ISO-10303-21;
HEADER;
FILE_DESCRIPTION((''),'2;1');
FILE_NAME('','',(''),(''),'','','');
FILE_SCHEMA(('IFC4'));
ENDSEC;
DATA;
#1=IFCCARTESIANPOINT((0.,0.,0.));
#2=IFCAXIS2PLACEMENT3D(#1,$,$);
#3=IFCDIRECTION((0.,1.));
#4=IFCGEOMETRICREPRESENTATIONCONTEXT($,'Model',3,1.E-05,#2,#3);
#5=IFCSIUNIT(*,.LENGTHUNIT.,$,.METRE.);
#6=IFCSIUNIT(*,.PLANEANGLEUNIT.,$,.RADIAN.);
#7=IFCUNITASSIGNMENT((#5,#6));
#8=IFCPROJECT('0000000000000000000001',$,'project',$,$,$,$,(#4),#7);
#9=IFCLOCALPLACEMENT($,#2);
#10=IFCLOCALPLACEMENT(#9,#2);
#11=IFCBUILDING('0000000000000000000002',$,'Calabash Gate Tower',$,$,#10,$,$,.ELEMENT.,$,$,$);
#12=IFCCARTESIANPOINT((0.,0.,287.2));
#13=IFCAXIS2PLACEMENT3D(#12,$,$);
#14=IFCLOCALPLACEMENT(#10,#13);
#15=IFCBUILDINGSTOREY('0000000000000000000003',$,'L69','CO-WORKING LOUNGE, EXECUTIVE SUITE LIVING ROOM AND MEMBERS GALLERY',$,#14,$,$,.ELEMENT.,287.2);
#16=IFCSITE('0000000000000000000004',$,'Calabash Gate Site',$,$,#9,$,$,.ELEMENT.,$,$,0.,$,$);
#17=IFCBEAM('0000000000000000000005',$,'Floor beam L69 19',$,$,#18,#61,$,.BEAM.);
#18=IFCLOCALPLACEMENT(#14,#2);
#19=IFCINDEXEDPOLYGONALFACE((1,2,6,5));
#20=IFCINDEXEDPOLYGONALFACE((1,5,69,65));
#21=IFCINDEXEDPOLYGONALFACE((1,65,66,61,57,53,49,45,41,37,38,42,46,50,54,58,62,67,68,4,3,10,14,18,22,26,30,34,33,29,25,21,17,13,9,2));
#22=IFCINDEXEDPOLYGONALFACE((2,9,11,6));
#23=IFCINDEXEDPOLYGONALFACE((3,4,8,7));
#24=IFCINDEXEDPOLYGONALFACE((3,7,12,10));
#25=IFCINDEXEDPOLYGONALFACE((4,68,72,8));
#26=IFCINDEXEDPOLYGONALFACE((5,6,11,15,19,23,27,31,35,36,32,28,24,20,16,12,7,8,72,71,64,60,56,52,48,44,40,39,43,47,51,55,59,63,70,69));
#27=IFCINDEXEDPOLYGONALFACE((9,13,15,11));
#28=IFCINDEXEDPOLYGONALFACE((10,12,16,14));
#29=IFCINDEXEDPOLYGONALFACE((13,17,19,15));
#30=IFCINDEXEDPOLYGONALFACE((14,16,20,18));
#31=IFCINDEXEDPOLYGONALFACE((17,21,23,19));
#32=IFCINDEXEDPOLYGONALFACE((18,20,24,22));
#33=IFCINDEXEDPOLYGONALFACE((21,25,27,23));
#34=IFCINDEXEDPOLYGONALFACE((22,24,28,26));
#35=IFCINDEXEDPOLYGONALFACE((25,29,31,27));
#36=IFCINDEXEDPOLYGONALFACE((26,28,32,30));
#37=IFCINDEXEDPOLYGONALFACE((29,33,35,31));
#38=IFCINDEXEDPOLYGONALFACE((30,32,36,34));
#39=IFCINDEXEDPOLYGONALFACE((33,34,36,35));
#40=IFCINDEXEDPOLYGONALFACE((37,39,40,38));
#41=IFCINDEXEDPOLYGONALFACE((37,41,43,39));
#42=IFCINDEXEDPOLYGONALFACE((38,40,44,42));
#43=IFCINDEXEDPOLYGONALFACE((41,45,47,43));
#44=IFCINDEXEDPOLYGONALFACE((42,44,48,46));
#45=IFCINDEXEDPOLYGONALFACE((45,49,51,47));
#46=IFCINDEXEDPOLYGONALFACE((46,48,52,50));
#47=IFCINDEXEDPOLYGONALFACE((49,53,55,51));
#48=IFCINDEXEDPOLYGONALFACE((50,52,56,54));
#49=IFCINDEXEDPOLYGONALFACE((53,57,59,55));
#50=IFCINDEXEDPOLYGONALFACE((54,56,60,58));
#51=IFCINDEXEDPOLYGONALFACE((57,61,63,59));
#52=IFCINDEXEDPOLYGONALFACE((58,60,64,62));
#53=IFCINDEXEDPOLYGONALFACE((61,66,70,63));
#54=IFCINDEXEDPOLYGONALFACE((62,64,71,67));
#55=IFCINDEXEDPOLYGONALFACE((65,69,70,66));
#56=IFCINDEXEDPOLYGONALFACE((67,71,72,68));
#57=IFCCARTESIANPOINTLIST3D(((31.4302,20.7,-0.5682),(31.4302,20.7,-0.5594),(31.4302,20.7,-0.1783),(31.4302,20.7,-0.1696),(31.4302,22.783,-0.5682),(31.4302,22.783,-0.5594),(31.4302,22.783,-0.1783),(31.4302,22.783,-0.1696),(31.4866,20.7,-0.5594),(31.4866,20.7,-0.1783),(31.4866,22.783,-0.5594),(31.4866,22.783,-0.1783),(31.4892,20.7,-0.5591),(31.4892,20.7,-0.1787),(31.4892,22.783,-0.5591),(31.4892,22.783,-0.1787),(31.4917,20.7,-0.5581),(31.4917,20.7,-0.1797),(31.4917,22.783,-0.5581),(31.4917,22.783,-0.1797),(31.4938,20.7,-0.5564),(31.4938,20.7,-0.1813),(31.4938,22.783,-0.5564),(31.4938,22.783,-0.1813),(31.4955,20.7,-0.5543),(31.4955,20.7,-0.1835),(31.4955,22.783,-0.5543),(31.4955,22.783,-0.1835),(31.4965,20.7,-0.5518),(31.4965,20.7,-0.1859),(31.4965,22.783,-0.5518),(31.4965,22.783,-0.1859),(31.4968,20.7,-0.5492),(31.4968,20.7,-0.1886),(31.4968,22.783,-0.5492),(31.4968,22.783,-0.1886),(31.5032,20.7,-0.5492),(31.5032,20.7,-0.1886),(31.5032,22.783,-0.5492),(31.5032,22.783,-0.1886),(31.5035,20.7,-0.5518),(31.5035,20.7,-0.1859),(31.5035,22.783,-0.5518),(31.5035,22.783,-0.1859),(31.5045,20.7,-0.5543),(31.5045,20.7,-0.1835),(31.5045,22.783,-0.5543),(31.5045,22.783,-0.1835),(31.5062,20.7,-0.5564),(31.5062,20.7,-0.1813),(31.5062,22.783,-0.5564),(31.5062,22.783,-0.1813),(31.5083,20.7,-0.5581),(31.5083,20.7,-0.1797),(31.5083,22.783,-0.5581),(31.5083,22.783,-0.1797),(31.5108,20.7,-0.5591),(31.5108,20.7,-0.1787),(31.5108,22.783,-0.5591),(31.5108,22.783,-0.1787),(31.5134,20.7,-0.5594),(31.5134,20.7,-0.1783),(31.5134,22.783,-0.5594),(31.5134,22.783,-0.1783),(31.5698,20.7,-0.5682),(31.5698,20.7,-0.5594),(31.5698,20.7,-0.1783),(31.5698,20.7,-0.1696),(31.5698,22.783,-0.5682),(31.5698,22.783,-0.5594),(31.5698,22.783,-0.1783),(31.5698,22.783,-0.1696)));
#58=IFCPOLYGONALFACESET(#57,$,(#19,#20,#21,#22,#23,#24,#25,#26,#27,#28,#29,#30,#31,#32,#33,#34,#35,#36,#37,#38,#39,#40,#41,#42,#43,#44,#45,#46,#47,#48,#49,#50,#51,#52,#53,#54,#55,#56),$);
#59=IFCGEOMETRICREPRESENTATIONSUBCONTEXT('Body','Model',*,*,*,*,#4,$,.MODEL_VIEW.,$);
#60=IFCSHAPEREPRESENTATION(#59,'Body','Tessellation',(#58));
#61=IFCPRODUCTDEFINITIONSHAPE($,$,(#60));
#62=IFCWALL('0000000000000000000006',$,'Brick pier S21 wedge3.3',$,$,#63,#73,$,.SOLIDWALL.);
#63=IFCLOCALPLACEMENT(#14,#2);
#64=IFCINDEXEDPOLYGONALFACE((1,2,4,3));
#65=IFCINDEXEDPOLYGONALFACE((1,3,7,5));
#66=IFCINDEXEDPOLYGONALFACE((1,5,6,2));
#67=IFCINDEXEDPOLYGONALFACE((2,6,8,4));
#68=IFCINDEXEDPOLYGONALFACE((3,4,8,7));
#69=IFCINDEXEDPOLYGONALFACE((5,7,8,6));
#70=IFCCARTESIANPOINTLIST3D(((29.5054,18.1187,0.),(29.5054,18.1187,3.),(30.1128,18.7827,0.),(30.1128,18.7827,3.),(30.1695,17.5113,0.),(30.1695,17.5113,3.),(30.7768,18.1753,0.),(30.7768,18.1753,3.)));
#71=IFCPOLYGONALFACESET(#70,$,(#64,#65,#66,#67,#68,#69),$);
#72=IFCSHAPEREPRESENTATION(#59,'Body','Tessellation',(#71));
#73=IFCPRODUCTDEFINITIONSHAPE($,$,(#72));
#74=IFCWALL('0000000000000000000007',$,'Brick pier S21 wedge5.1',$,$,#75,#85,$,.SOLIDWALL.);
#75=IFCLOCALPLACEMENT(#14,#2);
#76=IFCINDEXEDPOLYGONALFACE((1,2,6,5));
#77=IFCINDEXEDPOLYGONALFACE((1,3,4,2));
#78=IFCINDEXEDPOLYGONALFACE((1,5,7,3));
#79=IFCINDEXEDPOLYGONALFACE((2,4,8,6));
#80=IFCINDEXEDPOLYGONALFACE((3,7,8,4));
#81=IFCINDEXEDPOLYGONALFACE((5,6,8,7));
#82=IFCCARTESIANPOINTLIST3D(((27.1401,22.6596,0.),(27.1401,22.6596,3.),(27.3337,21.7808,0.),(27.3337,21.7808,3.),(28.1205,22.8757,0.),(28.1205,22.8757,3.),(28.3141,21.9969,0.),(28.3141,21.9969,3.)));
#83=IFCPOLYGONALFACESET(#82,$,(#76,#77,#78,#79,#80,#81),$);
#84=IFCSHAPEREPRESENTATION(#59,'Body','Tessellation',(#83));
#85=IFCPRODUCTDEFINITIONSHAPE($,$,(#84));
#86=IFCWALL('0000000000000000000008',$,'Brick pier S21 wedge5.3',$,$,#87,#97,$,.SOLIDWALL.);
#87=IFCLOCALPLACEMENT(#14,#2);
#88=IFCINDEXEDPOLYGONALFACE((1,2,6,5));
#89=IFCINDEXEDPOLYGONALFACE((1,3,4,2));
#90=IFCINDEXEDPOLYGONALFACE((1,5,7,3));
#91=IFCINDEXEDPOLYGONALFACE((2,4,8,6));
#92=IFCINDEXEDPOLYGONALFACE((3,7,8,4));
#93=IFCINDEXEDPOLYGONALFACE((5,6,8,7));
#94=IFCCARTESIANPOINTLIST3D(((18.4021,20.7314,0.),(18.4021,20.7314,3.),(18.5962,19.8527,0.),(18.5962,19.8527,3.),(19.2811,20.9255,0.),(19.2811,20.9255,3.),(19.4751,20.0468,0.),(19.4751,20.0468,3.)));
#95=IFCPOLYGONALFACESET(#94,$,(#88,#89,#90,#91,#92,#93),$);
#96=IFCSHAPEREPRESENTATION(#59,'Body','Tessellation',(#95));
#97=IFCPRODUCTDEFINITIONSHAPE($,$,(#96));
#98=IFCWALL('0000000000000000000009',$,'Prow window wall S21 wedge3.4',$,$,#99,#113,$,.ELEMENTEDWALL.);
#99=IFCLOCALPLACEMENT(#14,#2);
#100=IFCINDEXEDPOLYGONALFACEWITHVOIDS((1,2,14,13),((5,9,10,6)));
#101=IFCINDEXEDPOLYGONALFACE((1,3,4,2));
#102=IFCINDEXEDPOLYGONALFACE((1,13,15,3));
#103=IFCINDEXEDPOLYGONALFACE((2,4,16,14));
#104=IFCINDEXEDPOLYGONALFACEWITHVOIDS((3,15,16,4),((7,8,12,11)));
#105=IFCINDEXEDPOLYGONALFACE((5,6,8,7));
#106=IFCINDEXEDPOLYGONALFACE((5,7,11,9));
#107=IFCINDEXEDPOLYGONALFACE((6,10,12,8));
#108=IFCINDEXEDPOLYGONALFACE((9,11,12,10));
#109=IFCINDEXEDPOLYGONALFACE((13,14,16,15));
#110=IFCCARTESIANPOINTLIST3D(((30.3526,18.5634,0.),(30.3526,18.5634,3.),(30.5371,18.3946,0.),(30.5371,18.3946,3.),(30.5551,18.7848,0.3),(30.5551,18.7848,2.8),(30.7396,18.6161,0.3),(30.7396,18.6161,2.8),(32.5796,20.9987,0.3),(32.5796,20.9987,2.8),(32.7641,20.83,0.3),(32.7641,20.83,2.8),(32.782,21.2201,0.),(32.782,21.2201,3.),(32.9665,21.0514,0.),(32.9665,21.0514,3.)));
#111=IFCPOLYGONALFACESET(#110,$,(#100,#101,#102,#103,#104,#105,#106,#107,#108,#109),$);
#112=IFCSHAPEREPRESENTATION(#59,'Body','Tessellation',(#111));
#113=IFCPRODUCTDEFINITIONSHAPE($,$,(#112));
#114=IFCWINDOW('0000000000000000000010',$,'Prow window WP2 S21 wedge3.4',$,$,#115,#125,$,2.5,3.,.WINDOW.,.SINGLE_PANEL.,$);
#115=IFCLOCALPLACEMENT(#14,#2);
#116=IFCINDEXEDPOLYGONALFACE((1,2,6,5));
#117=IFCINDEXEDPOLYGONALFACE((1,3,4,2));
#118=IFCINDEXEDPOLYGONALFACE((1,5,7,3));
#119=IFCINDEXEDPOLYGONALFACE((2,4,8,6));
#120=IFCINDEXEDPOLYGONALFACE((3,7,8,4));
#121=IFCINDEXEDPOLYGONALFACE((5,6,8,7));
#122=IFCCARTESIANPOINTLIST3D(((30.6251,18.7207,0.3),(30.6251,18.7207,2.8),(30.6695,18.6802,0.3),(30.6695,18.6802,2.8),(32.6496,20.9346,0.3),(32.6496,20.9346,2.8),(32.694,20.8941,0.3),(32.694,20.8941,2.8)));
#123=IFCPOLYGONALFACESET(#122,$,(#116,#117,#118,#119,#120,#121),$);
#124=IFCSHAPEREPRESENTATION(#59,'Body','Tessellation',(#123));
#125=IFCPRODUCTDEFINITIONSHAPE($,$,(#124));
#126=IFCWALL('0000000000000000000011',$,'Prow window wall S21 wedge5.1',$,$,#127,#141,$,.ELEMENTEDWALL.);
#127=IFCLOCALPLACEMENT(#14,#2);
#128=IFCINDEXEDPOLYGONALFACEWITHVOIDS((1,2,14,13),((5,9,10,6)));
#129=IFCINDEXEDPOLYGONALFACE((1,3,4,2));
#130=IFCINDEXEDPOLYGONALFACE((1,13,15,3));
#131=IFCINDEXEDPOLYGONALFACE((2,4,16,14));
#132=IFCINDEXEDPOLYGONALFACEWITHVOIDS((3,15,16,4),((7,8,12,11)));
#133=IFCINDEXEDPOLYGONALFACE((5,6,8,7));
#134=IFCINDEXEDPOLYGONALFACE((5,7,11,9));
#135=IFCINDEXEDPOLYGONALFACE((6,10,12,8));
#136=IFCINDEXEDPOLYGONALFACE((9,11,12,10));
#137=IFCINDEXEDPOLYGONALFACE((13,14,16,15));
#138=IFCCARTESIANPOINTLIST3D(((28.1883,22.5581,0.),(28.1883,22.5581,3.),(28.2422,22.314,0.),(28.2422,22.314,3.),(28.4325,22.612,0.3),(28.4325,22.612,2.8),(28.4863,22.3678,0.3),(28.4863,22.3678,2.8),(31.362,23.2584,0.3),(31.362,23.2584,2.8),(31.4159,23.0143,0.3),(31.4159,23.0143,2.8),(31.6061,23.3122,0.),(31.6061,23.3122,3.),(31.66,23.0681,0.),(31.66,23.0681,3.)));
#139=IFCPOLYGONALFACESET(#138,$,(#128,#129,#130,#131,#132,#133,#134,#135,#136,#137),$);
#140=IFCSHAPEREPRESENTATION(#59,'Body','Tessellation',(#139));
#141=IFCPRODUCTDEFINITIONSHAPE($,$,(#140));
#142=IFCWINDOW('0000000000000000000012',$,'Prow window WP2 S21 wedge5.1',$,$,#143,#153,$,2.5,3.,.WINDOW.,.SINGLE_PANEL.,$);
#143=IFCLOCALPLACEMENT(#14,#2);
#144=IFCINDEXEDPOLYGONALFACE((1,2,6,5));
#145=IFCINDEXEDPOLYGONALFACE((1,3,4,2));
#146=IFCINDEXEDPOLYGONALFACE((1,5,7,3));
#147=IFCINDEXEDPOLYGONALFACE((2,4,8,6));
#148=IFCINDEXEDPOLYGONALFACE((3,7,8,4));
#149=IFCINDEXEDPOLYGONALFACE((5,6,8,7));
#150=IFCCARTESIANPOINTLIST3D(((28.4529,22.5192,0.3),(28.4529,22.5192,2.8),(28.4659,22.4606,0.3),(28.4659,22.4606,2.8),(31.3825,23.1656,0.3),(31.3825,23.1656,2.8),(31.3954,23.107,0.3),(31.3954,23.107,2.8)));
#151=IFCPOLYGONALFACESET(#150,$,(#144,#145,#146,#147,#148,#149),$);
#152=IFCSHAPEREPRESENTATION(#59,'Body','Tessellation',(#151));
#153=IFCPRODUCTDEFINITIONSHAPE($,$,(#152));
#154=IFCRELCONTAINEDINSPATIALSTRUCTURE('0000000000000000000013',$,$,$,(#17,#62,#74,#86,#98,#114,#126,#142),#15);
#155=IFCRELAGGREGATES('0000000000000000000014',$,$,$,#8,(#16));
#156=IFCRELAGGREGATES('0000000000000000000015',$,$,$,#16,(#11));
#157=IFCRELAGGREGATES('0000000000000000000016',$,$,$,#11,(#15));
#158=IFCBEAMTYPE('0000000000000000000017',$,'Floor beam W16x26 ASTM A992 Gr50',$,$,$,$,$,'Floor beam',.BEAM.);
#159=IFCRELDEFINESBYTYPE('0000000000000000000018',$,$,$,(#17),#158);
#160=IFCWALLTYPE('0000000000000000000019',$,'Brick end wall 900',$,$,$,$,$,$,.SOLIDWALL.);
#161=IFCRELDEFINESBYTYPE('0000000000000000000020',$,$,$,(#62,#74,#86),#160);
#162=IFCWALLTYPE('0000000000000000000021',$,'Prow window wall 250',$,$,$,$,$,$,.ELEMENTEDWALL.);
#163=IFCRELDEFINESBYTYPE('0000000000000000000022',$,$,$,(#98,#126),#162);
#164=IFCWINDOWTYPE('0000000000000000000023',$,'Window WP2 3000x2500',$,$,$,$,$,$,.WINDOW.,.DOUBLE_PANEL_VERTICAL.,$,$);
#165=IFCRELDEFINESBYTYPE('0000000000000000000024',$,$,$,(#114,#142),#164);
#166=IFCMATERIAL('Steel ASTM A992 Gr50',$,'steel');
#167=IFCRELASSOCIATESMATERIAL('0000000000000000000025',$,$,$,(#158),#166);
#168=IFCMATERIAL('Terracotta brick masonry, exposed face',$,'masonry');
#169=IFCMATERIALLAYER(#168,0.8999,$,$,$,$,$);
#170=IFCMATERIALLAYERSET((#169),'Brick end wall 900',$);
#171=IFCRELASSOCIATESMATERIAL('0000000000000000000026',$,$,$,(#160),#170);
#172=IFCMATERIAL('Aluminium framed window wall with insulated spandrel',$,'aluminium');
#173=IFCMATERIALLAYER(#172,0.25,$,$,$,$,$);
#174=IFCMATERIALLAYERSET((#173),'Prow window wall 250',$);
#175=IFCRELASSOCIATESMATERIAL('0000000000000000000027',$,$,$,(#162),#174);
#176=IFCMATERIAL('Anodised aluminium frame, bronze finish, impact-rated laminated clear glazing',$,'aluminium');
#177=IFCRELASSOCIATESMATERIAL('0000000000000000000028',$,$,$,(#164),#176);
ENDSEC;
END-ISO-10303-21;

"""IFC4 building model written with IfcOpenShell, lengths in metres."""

from ifc_helpers import new_model, si_unit, direction, frame, frame_2d, origin, origin_2d, place, context, subcontext, project, spatial, rectangle, i_section, extrude, material, layer, layer_set, material_profile, profile_set, type_object, element, fill, save


model = new_model("IFC4")

# Units and contexts
model_context = context("Model", 3, precision=1e-05, world=origin(), true_north=direction((0.0, 1.0)))
body_context = subcontext(model_context, "Body", "Model", "MODEL_VIEW")
ifc_project = project(units=[si_unit("LENGTHUNIT", "METRE"), si_unit("PLANEANGLEUNIT", "RADIAN")], contexts=[model_context])

# Site, building, storey
site_placement = place(None, origin())
site = spatial("IfcSite", under=ifc_project, at=site_placement, Name="Calabash Gate Site", CompositionType="ELEMENT", RefElevation=0.0)
building_placement = place(site_placement, origin())
building = spatial("IfcBuilding", under=site, at=building_placement, Name="Calabash Gate Tower", CompositionType="ELEMENT")
storey_placement = place(building_placement, frame((0.0, 0.0, 287.2)))
storey = spatial("IfcBuildingStorey", under=building, at=storey_placement, Name="L69", Description="CO-WORKING LOUNGE, EXECUTIVE SUITE LIVING ROOM AND MEMBERS GALLERY", CompositionType="ELEMENT", Elevation=287.2)

# Beam
ifc_material_1 = material(Name="Steel ASTM A992 Gr50", Category="steel")
ifc_material_profile_1 = material_profile(ifc_material_1, i_section(OverallWidth=0.1396, OverallDepth=0.3987, WebThickness=0.0063, FlangeThickness=0.0088, FilletRadius=0.0103, at=origin_2d()))
ifc_profile_set_1 = profile_set([ifc_material_profile_1], Name="Steel ASTM A992 Gr50")
beam_type_1 = type_object("IfcBeamType", Name="Floor beam W16x26 ASTM A992 Gr50", ElementType="Floor beam", PredefinedType="BEAM", material=ifc_profile_set_1)
beam_1_placement = place(storey_placement, frame((31.5, 20.7, -0.3689), z_axis=(0.0, 1.0, 0.0), x_axis=(-1.0, 0.0, 0.0)))
element("IfcBeam", 1, at=beam_1_placement, inside=storey, type_object=beam_type_1, Name="Floor beam L69 19", PredefinedType="BEAM", context=body_context, shape_type="SweptSolid", body=[
    extrude(i_section(OverallWidth=0.1396, OverallDepth=0.3987, WebThickness=0.0063, FlangeThickness=0.0088, FilletRadius=0.0103, at=origin_2d()), origin(), (0.0, 0.0, 1.0), 2.083),
])

# Walls
ifc_material_2 = material(Name="Terracotta brick masonry, exposed face", Category="masonry")
ifc_layer_1 = layer(ifc_material_2, 0.8999)
ifc_layer_set_1 = layer_set([ifc_layer_1], Name="Brick end wall 900")
wall_type_1 = type_object("IfcWallType", Name="Brick end wall 900", PredefinedType="SOLIDWALL", material=ifc_layer_set_1)
wall_1_placement = place(storey_placement, frame((30.4448, 18.479, 0.0), z_axis=(0.0, 0.0, 1.0), x_axis=(-0.674938, -0.737874, 0.0)))
element("IfcWall", 2, at=wall_1_placement, inside=storey, type_object=wall_type_1, Name="Brick pier S21 wedge3.3", PredefinedType="SOLIDWALL", context=body_context, shape_type="SweptSolid", body=[
    extrude(rectangle(XDim=0.8999, YDim=0.8999, at=frame_2d((0.45, 0.0))), origin(), (0.0, 0.0, 1.0), 3.0),
])
wall_2_placement = place(storey_placement, frame((28.2173, 22.4363, 0.0), z_axis=(0.0, 0.0, 1.0), x_axis=(-0.976569, -0.215205, 0.0)))
element("IfcWall", 3, at=wall_2_placement, inside=storey, type_object=wall_type_1, Name="Brick pier S21 wedge5.1", PredefinedType="SOLIDWALL", context=body_context, shape_type="SweptSolid", body=[
    extrude(rectangle(XDim=1.0039, YDim=0.8999, at=frame_2d((0.502, 0.0))), origin(), (0.0, 0.0, 1.0), 3.0),
])
wall_3_placement = place(storey_placement, frame((18.499, 20.292, 0.0), z_axis=(0.0, 0.0, 1.0), x_axis=(0.976473, 0.215638, 0.0)))
element("IfcWall", 4, at=wall_3_placement, inside=storey, type_object=wall_type_1, Name="Brick pier S21 wedge5.3", PredefinedType="SOLIDWALL", context=body_context, shape_type="SweptSolid", body=[
    extrude(rectangle(XDim=0.9001, YDim=0.8999, at=frame_2d((0.4502, 0.0))), origin(), (0.0, 0.0, 1.0), 3.0),
])

# Walls, openings, windows
ifc_material_3 = material(Name="Aluminium framed window wall with insulated spandrel", Category="aluminium")
ifc_layer_2 = layer(ifc_material_3, 0.25)
ifc_layer_set_2 = layer_set([ifc_layer_2], Name="Prow window wall 250")
wall_type_2 = type_object("IfcWallType", Name="Prow window wall 250", PredefinedType="ELEMENTEDWALL", material=ifc_layer_set_2)
wall_4_placement = place(storey_placement, frame((30.4448, 18.479, 0.0), z_axis=(0.0, 0.0, 1.0), x_axis=(0.674834, 0.73797, 0.0)))
wall_4 = element("IfcWall", 5, at=wall_4_placement, inside=storey, type_object=wall_type_2, Name="Prow window wall S21 wedge3.4", PredefinedType="ELEMENTEDWALL", context=body_context, shape_type="SweptSolid", body=[
    extrude(rectangle(XDim=3.6001, YDim=0.25, at=frame_2d((1.8, 0.0))), origin(), (0.0, 0.0, 1.0), 3.0),
])
opening_1_placement = place(wall_4_placement, frame((0.3, 0.0, 0.3)))
opening_1 = element("IfcOpeningElement", 6, at=opening_1_placement, cuts=wall_4, PredefinedType="OPENING", context=body_context, shape_type="SweptSolid", body=[
    extrude(rectangle(XDim=3.0, YDim=2.5, at=frame_2d((1.5, 1.25))), frame((0.0, 0.135, 0.0), z_axis=(0.0, -1.0, 0.0), x_axis=(1.0, 0.0, 0.0)), (0.0, 0.0, 1.0), 0.27),
])
ifc_material_4 = material(Name="Anodised aluminium frame, bronze finish, impact-rated laminated clear glazing", Category="aluminium")
window_type = type_object("IfcWindowType", Name="Window WP2 3000x2500", PartitioningType="DOUBLE_PANEL_VERTICAL", PredefinedType="WINDOW", material=ifc_material_4)
window_1_placement = place(opening_1_placement, origin())
window_1 = element("IfcWindow", 7, at=window_1_placement, inside=storey, type_object=window_type, Name="Prow window WP2 S21 wedge3.4", OverallHeight=2.5, OverallWidth=3.0, PartitioningType="SINGLE_PANEL", PredefinedType="WINDOW", context=body_context, shape_type="SweptSolid", body=[
    extrude(rectangle(XDim=3.0, YDim=2.5, at=frame_2d((1.5, 1.25))), frame((0.0, 0.03, 0.0), z_axis=(0.0, -1.0, 0.0), x_axis=(1.0, 0.0, 0.0)), (0.0, 0.0, 1.0), 0.0601),
])
fill(opening_1, window_1)
wall_5_placement = place(storey_placement, frame((31.6331, 23.1902, 0.0), z_axis=(0.0, 0.0, 1.0), x_axis=(-0.976509, -0.215475, 0.0)))
wall_5 = element("IfcWall", 8, at=wall_5_placement, inside=storey, type_object=wall_type_2, Name="Prow window wall S21 wedge5.1", PredefinedType="ELEMENTEDWALL", context=body_context, shape_type="SweptSolid", body=[
    extrude(rectangle(XDim=3.5, YDim=0.25, at=frame_2d((1.75, 0.0))), origin(), (0.0, 0.0, 1.0), 3.0),
])
opening_2_placement = place(wall_5_placement, frame((0.25, 0.0, 0.3)))
opening_2 = element("IfcOpeningElement", 9, at=opening_2_placement, cuts=wall_5, PredefinedType="OPENING", context=body_context, shape_type="SweptSolid", body=[
    extrude(rectangle(XDim=3.0, YDim=2.5, at=frame_2d((1.5, 1.25))), frame((0.0, 0.135, 0.0), z_axis=(0.0, -1.0, 0.0), x_axis=(1.0, 0.0, 0.0)), (0.0, 0.0, 1.0), 0.27),
])
window_2_placement = place(opening_2_placement, origin())
window_2 = element("IfcWindow", 10, at=window_2_placement, inside=storey, type_object=window_type, Name="Prow window WP2 S21 wedge5.1", OverallHeight=2.5, OverallWidth=3.0, PartitioningType="SINGLE_PANEL", PredefinedType="WINDOW", context=body_context, shape_type="SweptSolid", body=[
    extrude(rectangle(XDim=3.0, YDim=2.5, at=frame_2d((1.5, 1.25))), frame((0.0, 0.03, 0.0), z_axis=(0.0, -1.0, 0.0), x_axis=(1.0, 0.0, 0.0)), (0.0, 0.0, 1.0), 0.0601),
])
fill(opening_2, window_2)

save(model, "model.ifc")
